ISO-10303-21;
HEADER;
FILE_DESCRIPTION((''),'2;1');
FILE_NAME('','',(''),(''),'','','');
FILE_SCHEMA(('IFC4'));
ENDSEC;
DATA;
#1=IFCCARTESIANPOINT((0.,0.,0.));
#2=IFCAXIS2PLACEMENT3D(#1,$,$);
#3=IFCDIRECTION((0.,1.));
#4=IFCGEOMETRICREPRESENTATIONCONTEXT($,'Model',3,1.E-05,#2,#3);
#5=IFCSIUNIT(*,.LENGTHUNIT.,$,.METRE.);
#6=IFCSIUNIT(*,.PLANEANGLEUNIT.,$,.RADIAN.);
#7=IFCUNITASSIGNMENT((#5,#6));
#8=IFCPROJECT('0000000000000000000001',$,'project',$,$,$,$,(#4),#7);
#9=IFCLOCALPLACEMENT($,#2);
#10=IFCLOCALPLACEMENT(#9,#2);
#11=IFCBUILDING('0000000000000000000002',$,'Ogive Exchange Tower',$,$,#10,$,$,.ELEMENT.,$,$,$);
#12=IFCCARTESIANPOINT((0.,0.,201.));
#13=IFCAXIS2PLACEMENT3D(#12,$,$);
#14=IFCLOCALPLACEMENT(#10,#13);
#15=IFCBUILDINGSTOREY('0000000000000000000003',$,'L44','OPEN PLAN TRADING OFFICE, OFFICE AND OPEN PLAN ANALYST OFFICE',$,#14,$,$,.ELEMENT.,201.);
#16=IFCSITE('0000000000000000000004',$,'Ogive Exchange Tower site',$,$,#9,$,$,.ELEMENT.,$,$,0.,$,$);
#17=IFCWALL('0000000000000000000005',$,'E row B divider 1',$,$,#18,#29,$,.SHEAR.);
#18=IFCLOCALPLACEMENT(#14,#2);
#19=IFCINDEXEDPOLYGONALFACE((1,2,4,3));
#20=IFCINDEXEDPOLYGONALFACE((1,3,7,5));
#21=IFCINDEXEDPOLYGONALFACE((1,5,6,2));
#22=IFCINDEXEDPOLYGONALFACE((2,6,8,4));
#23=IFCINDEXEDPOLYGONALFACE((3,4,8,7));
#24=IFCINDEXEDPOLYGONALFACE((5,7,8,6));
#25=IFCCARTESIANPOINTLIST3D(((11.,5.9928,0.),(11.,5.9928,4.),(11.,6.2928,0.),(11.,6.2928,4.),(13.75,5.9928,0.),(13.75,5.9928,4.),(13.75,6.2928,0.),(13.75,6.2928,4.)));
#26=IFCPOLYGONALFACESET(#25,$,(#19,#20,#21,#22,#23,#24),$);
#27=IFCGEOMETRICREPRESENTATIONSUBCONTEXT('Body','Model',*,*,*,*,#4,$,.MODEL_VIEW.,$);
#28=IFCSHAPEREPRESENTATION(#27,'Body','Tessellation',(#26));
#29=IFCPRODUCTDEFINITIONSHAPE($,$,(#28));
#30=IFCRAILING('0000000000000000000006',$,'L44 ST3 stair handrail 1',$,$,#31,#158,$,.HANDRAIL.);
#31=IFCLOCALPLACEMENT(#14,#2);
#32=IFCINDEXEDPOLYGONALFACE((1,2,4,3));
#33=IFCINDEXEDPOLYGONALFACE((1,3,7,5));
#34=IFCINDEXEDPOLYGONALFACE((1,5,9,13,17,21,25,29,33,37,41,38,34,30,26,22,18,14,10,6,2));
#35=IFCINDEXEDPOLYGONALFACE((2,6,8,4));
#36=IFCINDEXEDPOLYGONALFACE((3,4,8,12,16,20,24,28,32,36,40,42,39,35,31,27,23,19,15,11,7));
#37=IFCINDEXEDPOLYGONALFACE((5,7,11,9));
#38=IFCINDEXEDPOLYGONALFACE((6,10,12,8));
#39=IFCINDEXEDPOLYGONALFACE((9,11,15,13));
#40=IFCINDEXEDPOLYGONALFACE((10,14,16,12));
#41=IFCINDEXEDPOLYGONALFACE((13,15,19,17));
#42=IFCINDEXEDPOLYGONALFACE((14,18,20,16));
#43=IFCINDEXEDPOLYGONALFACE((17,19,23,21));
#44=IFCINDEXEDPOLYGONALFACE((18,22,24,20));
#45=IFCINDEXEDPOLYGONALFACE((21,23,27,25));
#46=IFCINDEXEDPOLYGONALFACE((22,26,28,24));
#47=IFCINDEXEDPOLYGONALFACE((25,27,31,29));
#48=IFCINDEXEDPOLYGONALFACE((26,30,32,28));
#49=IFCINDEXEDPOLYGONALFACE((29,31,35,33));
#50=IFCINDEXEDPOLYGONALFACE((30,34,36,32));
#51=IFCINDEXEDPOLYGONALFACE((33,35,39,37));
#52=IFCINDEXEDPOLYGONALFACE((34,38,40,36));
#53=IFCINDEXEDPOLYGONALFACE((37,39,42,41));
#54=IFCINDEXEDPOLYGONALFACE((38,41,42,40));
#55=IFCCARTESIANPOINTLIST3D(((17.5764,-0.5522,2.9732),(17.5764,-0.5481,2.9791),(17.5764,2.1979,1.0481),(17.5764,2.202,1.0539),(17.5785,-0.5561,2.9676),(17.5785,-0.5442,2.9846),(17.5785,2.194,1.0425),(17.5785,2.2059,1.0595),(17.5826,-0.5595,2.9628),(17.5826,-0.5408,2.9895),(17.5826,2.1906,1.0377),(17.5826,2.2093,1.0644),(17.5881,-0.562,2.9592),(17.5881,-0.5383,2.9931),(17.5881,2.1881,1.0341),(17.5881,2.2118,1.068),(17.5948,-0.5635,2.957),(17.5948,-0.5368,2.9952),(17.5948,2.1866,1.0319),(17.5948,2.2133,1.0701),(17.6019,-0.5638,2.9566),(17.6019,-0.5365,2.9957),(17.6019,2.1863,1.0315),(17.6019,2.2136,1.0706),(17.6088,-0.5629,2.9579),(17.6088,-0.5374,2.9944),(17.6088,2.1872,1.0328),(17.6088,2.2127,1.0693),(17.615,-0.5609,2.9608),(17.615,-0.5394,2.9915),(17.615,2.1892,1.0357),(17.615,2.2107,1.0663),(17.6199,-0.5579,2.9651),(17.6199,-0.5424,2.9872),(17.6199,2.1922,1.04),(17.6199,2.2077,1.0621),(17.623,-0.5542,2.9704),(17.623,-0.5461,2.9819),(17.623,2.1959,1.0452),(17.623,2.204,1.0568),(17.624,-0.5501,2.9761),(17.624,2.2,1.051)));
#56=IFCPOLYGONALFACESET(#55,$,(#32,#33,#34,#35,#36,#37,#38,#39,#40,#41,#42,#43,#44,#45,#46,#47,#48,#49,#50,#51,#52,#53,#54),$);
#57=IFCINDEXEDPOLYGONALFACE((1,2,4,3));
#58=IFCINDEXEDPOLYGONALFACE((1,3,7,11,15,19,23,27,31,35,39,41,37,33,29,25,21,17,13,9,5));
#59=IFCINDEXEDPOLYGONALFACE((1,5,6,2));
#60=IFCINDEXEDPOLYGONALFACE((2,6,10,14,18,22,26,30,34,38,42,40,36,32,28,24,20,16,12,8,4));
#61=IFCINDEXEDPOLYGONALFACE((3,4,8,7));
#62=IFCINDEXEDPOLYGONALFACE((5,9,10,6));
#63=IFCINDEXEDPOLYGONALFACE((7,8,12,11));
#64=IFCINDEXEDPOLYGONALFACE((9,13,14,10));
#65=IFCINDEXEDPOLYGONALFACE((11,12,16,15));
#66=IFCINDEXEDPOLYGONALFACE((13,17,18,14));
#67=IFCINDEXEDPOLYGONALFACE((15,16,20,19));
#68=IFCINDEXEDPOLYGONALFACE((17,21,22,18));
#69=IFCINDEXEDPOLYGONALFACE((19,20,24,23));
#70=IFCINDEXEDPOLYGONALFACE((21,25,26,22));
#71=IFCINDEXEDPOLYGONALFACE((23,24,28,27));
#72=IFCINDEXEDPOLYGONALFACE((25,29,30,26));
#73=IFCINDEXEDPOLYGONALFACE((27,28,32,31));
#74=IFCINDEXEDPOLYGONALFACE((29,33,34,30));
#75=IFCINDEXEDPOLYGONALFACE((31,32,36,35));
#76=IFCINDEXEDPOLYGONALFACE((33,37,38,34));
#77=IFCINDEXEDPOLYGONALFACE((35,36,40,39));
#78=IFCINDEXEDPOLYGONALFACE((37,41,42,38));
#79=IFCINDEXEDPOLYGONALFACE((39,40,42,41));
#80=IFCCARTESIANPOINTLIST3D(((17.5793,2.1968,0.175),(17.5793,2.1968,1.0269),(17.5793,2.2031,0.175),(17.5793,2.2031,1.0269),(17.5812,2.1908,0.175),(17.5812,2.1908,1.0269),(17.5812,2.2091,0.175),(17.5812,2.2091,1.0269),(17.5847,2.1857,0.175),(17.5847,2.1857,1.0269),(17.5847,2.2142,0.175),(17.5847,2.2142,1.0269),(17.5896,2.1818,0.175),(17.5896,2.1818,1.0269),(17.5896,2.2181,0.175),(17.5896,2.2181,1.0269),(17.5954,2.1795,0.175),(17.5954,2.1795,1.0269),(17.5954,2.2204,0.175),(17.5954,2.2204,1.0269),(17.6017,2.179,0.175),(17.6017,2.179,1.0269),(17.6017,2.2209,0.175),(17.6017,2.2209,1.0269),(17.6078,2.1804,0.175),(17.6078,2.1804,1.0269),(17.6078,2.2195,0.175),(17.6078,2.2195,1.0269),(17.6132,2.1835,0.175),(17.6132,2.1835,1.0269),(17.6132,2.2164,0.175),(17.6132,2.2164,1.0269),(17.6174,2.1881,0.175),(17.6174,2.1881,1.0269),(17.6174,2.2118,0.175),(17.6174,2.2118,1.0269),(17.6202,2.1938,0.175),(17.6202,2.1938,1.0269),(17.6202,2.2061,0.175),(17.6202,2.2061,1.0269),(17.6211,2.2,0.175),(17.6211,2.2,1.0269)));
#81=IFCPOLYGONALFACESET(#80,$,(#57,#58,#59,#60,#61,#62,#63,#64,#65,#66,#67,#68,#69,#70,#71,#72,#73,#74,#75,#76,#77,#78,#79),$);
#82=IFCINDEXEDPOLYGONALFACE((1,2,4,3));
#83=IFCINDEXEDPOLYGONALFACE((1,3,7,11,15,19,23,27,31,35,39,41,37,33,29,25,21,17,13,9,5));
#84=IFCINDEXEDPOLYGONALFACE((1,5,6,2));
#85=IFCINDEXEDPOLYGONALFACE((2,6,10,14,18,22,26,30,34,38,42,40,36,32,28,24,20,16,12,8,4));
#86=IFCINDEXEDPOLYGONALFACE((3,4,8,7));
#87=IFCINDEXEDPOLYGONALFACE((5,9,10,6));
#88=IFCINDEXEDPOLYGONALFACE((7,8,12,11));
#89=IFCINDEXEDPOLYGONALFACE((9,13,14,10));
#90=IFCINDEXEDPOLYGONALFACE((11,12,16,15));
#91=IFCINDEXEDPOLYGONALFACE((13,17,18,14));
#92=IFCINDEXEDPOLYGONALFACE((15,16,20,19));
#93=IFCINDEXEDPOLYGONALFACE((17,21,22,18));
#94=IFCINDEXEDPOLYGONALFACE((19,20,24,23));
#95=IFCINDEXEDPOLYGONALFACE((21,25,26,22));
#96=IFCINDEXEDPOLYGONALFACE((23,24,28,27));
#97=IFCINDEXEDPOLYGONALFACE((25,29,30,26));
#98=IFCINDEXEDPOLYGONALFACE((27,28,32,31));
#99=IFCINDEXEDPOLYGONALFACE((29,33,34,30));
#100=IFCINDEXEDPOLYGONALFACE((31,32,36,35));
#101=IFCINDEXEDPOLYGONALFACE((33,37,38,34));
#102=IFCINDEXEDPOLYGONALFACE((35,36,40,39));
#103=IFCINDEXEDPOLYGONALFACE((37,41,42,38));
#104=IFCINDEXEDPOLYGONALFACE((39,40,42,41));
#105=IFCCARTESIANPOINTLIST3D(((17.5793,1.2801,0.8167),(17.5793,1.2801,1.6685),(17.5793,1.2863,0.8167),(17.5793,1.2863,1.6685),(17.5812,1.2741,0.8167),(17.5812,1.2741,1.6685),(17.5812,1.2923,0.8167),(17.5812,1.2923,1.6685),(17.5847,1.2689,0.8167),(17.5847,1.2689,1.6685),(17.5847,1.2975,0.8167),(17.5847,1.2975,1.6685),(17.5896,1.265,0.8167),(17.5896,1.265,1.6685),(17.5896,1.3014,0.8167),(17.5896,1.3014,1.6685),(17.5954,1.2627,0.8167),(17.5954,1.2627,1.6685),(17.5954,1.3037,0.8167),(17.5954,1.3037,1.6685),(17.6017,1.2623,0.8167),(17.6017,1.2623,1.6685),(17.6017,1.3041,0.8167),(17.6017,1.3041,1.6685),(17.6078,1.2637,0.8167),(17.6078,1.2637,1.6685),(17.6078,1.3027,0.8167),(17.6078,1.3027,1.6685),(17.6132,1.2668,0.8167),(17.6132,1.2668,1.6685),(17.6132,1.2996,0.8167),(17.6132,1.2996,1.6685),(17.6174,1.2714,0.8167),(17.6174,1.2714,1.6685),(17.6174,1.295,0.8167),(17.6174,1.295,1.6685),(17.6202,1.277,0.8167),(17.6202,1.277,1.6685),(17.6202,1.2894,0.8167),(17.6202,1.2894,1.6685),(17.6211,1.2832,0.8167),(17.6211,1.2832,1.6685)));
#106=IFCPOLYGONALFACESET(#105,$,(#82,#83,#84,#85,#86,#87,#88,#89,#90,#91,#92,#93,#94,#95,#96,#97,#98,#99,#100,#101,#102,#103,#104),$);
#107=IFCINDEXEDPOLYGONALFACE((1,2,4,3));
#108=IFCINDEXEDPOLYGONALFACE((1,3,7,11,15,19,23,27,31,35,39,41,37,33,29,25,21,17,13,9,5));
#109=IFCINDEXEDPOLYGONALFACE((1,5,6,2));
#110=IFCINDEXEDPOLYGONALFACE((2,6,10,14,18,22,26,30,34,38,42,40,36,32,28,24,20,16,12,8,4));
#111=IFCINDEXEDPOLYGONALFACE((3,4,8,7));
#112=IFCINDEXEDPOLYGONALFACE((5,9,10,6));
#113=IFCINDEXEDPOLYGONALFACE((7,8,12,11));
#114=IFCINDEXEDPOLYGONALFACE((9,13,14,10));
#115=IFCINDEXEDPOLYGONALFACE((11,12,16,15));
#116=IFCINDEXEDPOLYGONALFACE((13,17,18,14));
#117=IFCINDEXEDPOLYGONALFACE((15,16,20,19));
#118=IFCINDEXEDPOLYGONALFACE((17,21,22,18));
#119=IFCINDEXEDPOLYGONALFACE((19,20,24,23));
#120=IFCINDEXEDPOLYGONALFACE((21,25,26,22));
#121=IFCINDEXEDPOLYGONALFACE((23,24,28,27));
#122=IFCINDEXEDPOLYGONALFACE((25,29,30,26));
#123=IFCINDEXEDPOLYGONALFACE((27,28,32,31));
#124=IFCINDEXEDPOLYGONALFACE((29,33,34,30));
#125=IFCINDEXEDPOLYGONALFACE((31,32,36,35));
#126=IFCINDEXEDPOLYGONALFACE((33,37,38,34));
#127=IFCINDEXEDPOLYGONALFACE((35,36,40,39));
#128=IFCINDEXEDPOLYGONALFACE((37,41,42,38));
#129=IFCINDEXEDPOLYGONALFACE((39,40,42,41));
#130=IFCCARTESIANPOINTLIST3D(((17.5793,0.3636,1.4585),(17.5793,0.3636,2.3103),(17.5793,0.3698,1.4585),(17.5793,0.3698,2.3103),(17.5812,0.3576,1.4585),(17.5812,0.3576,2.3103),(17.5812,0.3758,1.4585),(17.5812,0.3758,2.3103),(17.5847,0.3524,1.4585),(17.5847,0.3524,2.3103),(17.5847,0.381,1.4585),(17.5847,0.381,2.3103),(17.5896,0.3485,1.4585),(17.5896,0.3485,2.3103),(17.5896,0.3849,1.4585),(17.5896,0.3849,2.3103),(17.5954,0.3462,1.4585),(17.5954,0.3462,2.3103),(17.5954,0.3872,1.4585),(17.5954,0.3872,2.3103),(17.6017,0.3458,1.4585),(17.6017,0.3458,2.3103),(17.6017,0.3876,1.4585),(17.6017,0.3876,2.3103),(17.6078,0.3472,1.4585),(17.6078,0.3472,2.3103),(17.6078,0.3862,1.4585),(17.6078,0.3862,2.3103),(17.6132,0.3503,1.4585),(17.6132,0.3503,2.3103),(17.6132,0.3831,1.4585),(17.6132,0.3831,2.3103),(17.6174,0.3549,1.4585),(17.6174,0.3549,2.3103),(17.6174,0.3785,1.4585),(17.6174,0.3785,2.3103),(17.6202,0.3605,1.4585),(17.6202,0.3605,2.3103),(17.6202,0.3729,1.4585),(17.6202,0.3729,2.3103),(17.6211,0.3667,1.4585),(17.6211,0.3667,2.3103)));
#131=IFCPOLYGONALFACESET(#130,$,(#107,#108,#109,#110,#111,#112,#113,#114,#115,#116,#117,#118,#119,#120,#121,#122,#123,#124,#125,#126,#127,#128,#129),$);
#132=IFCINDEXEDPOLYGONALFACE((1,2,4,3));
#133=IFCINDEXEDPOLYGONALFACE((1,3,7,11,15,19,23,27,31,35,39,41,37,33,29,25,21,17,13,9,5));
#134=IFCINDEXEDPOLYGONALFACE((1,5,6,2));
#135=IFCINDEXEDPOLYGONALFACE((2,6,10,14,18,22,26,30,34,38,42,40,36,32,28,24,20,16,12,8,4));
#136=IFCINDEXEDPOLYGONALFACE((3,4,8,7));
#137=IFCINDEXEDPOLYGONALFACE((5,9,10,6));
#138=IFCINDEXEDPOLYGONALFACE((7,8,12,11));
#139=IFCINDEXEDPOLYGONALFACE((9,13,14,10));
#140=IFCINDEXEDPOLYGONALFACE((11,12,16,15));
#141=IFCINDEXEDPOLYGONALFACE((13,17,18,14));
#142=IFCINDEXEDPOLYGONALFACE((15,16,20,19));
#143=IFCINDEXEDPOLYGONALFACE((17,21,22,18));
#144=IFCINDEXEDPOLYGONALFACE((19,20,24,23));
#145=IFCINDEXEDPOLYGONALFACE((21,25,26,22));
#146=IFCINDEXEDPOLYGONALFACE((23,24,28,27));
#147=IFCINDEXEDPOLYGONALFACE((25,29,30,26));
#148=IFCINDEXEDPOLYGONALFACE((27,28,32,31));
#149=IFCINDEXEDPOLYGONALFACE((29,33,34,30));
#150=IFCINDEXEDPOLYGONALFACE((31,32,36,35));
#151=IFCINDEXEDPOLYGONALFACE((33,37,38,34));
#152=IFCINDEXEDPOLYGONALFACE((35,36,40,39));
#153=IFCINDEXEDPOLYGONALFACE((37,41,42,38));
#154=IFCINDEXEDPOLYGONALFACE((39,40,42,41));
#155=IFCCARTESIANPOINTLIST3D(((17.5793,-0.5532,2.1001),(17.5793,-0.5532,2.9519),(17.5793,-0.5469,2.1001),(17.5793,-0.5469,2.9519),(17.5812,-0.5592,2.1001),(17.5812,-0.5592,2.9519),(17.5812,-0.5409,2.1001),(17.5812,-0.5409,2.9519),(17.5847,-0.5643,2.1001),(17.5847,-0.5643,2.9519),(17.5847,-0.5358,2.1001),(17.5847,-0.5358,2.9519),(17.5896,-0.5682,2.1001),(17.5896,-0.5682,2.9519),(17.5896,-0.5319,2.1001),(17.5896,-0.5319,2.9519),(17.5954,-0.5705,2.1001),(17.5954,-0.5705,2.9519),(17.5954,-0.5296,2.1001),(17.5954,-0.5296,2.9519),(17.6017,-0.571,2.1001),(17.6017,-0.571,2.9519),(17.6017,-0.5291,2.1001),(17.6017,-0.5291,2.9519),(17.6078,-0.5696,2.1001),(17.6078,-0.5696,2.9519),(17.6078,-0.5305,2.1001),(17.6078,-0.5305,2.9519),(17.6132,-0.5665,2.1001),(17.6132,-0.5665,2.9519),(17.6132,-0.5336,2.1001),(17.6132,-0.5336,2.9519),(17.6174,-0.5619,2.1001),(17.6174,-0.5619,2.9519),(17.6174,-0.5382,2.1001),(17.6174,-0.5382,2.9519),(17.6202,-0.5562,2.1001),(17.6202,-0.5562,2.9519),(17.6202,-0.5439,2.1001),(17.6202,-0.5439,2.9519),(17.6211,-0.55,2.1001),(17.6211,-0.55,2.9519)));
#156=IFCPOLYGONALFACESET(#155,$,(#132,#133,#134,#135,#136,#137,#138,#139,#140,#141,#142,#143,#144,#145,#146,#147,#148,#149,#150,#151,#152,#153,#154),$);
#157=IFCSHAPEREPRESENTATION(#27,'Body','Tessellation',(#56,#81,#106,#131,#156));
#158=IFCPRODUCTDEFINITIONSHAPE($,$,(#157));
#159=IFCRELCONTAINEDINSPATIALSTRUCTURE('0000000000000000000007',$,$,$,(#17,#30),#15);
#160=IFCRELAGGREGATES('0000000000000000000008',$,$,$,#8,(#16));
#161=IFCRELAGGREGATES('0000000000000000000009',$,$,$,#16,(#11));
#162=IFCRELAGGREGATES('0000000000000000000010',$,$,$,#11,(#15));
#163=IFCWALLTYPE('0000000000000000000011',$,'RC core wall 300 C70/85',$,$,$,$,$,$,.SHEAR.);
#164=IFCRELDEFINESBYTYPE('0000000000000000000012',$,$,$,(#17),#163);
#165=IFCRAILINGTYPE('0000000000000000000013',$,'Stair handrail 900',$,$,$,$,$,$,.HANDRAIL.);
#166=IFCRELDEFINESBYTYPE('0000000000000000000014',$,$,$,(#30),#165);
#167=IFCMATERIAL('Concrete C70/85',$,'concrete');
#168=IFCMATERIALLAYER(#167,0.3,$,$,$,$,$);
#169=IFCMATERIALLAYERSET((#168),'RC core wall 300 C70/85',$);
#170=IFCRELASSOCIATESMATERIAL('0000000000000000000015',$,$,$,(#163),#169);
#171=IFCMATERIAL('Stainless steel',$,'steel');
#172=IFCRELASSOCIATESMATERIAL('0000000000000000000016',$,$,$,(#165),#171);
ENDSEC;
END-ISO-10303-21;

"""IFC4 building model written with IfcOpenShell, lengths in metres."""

from ifc_helpers import new_model, si_unit, direction, frame, frame_2d, origin, origin_2d, place, context, subcontext, project, spatial, rectangle, circle, extrude, material, layer, layer_set, type_object, element, save


model = new_model("IFC4")

# Units and contexts
model_context = context("Model", 3, precision=1e-05, world=origin(), true_north=direction((0.0, 1.0)))
body_context = subcontext(model_context, "Body", "Model", "MODEL_VIEW")
ifc_project = project(units=[si_unit("LENGTHUNIT", "METRE"), si_unit("PLANEANGLEUNIT", "RADIAN")], contexts=[model_context])

# Site, building, storey
site_placement = place(None, origin())
site = spatial("IfcSite", under=ifc_project, at=site_placement, Name="Ogive Exchange Tower site", CompositionType="ELEMENT", RefElevation=0.0)
building_placement = place(site_placement, origin())
building = spatial("IfcBuilding", under=site, at=building_placement, Name="Ogive Exchange Tower", CompositionType="ELEMENT")
storey_placement = place(building_placement, frame((0.0, 0.0, 201.0)))
storey = spatial("IfcBuildingStorey", under=building, at=storey_placement, Name="L44", Description="OPEN PLAN TRADING OFFICE, OFFICE AND OPEN PLAN ANALYST OFFICE", CompositionType="ELEMENT", Elevation=201.0)

# Shared definitions
ifc_material_1 = material(Name="Concrete C70/85", Category="concrete")

# Shared definitions
ifc_material_2 = material(Name="Stainless steel", Category="steel")

# Wall
ifc_layer_1 = layer(ifc_material_1, 0.3)
ifc_layer_set_1 = layer_set([ifc_layer_1], Name="RC core wall 300 C70/85")
wall_type_1 = type_object("IfcWallType", Name="RC core wall 300 C70/85", PredefinedType="SHEAR", material=ifc_layer_set_1)
wall_1_placement = place(storey_placement, frame((11.0, 6.1428, 0.0), z_axis=(0.0, 0.0, 1.0), x_axis=(1.0, 0.0, 0.0)))
element("IfcWall", 1, at=wall_1_placement, inside=storey, type_object=wall_type_1, Name="E row B divider 1", PredefinedType="SHEAR", context=body_context, shape_type="SweptSolid", body=[
    extrude(rectangle(XDim=2.75, YDim=0.3, at=frame_2d((1.375, 0.0))), origin(), (0.0, 0.0, 1.0), 4.0),
])

# Railing
railing_type = type_object("IfcRailingType", Name="Stair handrail 900", PredefinedType="HANDRAIL", material=ifc_material_2)
railing_placement = place(storey_placement, frame((17.6001, 2.2, 0.175)))
element("IfcRailing", 2, at=railing_placement, inside=storey, type_object=railing_type, Name="L44 ST3 stair handrail 1", PredefinedType="HANDRAIL", context=body_context, shape_type="SweptSolid", body=[
    extrude(circle(Radius=0.0239, at=origin_2d()), frame((0.0, 0.0, 0.876), z_axis=(0.0, -0.819225, 0.573472), x_axis=(1.0, 0.0, 0.0)), (0.0, 0.0, 1.0), 3.3569),
    extrude(circle(Radius=0.021, at=origin_2d()), origin(), (0.0, 0.0, 1.0), 0.8518),
    extrude(circle(Radius=0.021, at=origin_2d()), frame((0.0, -0.9167, 0.6416)), (0.0, 0.0, 1.0), 0.8518),
    extrude(circle(Radius=0.021, at=origin_2d()), frame((0.0, -1.8333, 1.2834)), (0.0, 0.0, 1.0), 0.8518),
    extrude(circle(Radius=0.021, at=origin_2d()), frame((0.0, -2.75, 1.925)), (0.0, 0.0, 1.0), 0.8518),
])

save(model, "model.ifc")
